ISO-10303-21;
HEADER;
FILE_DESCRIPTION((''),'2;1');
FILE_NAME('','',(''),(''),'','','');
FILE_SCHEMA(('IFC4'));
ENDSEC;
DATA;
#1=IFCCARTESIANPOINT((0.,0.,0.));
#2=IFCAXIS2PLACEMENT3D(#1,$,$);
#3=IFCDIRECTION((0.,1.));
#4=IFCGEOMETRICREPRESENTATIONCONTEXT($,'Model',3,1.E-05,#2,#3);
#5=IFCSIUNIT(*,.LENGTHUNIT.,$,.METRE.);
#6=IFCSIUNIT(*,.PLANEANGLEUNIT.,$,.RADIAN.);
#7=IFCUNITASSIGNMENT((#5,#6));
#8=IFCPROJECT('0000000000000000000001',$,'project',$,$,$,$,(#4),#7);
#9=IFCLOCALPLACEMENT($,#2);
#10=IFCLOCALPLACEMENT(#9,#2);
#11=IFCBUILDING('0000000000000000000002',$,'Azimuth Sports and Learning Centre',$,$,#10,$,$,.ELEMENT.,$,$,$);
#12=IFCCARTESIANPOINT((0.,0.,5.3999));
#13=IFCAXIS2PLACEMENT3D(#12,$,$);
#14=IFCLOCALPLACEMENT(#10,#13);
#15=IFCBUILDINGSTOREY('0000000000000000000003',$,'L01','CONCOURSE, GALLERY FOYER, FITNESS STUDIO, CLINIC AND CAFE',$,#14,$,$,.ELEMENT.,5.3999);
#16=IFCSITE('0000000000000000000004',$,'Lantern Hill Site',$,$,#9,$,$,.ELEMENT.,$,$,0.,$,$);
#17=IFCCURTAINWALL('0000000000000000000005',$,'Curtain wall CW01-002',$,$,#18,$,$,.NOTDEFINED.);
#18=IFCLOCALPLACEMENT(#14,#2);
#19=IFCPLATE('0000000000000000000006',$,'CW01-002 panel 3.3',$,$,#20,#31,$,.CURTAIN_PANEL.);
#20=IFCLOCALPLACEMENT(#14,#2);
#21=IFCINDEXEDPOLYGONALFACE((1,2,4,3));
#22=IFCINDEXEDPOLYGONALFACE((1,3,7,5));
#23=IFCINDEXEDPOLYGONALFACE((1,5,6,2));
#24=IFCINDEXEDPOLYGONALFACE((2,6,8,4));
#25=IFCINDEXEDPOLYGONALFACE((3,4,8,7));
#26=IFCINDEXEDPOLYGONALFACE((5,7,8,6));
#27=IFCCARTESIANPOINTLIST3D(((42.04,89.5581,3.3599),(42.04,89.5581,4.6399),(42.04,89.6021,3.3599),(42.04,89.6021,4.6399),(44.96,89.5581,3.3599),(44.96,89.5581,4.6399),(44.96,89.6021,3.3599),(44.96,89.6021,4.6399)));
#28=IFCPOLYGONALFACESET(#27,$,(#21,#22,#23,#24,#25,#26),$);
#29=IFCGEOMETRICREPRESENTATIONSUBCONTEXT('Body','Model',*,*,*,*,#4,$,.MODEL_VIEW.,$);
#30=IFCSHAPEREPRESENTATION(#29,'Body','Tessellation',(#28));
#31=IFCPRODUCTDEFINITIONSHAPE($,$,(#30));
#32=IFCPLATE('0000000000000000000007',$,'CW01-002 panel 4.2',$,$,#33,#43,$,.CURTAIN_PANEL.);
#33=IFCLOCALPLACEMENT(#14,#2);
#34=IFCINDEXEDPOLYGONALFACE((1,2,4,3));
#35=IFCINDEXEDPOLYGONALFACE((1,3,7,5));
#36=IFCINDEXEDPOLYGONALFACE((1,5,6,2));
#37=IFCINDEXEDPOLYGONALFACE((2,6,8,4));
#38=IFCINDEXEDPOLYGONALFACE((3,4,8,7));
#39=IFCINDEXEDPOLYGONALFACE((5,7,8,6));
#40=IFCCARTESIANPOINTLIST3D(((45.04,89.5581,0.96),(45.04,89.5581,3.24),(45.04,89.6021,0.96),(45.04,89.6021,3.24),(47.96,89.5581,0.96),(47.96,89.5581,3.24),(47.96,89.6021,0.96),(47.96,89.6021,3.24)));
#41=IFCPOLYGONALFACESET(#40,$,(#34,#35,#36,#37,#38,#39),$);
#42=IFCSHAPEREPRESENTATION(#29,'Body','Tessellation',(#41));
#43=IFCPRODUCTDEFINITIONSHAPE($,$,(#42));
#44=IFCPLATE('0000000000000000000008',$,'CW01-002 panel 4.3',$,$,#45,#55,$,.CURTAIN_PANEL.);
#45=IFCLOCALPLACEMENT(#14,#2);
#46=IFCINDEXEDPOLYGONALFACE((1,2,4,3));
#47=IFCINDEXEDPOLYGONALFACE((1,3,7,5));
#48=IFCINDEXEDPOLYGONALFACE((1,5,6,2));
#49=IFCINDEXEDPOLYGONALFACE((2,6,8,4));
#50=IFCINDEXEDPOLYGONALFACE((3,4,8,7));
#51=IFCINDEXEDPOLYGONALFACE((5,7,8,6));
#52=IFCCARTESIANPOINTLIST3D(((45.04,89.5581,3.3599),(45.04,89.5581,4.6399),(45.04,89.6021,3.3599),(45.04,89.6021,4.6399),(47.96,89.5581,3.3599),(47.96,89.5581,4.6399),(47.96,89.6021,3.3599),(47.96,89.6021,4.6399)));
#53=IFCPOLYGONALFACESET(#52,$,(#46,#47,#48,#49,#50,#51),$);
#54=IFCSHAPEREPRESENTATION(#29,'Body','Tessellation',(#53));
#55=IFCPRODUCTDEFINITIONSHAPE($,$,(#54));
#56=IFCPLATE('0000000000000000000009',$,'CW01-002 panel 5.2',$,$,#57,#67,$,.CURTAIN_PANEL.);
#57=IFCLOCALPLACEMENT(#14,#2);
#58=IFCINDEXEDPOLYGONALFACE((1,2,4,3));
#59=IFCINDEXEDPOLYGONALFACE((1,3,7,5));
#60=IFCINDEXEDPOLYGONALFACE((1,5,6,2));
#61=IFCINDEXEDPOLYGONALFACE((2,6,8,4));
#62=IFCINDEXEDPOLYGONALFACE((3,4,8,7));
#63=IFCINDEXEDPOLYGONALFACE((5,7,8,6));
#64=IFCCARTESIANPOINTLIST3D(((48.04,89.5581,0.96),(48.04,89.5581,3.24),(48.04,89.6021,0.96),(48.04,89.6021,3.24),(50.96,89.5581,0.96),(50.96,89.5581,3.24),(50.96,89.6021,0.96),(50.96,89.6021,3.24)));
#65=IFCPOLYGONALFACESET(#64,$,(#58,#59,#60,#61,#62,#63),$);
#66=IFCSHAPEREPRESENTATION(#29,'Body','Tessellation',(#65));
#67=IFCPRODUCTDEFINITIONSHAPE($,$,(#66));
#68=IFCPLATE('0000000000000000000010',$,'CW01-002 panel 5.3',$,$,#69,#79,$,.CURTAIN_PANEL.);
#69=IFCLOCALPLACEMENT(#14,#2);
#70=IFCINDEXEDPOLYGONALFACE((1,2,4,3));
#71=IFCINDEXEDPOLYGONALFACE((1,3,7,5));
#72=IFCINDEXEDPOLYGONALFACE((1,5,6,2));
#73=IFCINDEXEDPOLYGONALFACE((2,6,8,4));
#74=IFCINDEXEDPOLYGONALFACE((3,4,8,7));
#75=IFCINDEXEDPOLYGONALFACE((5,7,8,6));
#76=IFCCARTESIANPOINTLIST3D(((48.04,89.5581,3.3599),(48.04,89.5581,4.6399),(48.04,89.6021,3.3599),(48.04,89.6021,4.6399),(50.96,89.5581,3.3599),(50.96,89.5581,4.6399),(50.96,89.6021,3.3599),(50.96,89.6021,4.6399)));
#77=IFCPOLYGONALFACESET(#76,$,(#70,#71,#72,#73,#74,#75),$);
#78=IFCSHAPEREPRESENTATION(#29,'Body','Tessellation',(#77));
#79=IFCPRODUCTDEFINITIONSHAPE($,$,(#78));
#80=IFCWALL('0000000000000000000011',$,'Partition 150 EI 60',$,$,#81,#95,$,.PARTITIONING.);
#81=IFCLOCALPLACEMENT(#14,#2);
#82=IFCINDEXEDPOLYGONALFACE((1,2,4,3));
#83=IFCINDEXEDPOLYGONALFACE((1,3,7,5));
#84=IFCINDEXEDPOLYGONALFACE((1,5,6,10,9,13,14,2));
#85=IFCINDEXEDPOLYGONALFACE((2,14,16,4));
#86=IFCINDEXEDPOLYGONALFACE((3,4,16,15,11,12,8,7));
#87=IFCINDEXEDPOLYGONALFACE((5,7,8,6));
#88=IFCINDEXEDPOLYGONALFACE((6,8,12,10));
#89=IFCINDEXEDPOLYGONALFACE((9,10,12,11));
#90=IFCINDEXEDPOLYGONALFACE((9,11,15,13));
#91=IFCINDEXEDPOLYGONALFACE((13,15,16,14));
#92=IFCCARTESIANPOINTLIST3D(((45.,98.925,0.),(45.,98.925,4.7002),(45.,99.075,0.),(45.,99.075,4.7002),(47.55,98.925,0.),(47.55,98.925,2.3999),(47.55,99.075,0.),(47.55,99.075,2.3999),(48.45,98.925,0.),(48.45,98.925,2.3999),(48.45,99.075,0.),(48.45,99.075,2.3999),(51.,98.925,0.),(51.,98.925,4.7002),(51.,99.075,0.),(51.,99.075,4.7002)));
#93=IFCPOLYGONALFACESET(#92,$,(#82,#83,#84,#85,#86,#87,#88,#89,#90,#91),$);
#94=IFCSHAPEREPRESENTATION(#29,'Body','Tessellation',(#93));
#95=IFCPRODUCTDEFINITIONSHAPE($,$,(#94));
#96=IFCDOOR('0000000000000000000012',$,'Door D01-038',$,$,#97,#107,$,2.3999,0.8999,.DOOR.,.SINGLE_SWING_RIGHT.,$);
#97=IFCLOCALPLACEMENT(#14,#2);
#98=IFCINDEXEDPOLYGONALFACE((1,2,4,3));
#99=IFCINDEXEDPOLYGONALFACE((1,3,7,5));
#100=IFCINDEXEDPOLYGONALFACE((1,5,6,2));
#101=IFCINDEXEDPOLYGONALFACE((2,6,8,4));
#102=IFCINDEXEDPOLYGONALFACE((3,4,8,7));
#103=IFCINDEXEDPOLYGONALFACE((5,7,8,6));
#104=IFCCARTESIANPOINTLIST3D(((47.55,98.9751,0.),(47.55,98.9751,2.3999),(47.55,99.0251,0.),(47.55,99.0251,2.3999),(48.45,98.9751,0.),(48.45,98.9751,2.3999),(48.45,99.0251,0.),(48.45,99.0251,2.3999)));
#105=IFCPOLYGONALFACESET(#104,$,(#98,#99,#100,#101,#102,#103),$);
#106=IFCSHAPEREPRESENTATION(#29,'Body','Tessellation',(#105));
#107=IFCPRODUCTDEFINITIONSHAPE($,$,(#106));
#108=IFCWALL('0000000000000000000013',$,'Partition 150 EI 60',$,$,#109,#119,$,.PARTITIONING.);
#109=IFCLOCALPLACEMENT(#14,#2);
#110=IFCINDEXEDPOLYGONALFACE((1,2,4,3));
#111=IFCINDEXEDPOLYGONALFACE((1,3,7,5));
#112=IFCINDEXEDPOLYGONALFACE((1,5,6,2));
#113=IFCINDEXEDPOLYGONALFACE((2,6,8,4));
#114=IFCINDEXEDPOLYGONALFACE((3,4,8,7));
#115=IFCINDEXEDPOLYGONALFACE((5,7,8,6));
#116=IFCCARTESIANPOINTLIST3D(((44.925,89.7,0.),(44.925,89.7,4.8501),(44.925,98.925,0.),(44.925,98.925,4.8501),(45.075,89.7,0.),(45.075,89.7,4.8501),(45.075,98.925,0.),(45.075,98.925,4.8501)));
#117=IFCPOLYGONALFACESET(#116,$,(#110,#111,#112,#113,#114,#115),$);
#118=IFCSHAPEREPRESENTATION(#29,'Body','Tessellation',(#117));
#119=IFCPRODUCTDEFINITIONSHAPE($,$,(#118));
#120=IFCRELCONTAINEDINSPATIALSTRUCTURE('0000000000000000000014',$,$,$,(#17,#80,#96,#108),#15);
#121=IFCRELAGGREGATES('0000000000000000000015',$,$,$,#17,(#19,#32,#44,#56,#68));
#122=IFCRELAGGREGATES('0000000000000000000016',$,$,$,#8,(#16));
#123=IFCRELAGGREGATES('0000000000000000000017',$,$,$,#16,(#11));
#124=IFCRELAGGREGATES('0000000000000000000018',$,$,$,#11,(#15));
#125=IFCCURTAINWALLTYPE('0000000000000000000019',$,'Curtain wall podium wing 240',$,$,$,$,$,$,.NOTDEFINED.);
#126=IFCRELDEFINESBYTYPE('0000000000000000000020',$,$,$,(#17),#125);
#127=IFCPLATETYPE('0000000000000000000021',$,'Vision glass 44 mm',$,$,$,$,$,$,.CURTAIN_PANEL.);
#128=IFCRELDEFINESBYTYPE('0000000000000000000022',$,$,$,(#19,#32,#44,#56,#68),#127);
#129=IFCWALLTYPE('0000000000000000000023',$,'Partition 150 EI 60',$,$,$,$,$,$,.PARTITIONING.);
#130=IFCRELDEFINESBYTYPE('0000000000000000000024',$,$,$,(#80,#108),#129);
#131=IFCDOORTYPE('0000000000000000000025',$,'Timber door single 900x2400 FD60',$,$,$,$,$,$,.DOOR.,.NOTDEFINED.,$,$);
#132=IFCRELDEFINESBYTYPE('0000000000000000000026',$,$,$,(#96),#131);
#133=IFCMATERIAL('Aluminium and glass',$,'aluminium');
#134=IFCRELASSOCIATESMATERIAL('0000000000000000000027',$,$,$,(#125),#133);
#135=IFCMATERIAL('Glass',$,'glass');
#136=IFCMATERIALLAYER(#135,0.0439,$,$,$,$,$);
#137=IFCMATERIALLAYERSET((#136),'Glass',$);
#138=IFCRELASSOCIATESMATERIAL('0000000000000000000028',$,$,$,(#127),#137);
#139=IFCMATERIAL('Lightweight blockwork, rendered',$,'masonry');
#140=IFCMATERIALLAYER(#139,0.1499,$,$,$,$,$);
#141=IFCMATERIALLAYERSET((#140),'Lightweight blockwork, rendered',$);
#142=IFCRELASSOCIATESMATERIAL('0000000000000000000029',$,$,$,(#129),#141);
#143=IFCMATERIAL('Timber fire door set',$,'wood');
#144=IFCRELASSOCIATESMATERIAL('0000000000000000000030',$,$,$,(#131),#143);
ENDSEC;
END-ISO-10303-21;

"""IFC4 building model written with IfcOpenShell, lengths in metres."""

from ifc_helpers import new_model, si_unit, direction, frame, frame_2d, origin, origin_2d, place, context, subcontext, project, spatial, rectangle, extrude, material, layer, layer_set, type_object, element, fill, aggregate, save


model = new_model("IFC4")

# Units and contexts
model_context = context("Model", 3, precision=1e-05, world=origin(), true_north=direction((0.0, 1.0)))
body_context = subcontext(model_context, "Body", "Model", "MODEL_VIEW")
ifc_project = project(units=[si_unit("LENGTHUNIT", "METRE"), si_unit("PLANEANGLEUNIT", "RADIAN")], contexts=[model_context])

# Site, building, storey
site_placement = place(None, origin())
site = spatial("IfcSite", under=ifc_project, at=site_placement, Name="Lantern Hill Site", CompositionType="ELEMENT", RefElevation=0.0)
building_placement = place(site_placement, origin())
building = spatial("IfcBuilding", under=site, at=building_placement, Name="Azimuth Sports and Learning Centre", CompositionType="ELEMENT")
storey_placement = place(building_placement, frame((0.0, 0.0, 5.3999)))
storey = spatial("IfcBuildingStorey", under=building, at=storey_placement, Name="L01", Description="CONCOURSE, GALLERY FOYER, FITNESS STUDIO, CLINIC AND CAFE", CompositionType="ELEMENT", Elevation=5.3999)

# Curtain wall, plates
ifc_material_1 = material(Name="Aluminium and glass", Category="aluminium")
curtain_wall_type = type_object("IfcCurtainWallType", Name="Curtain wall podium wing 240", PredefinedType="NOTDEFINED", material=ifc_material_1)
curtain_wall_placement = place(storey_placement, origin())
curtain_wall = element("IfcCurtainWall", 1, at=curtain_wall_placement, inside=storey, type_object=curtain_wall_type, Name="Curtain wall CW01-002", PredefinedType="NOTDEFINED")
ifc_material_2 = material(Name="Glass", Category="glass")
ifc_layer_1 = layer(ifc_material_2, 0.0439)
ifc_layer_set_1 = layer_set([ifc_layer_1], Name="Glass")
plate_type_1 = type_object("IfcPlateType", Name="Vision glass 44 mm", PredefinedType="CURTAIN_PANEL", material=ifc_layer_set_1)
plate_1_placement = place(storey_placement, frame((43.5, 89.5801, 3.3599), z_axis=(0.0, 0.0, 1.0), x_axis=(1.0, 0.0, 0.0)))
plate_1 = element("IfcPlate", 2, at=plate_1_placement, type_object=plate_type_1, Name="CW01-002 panel 3.3", PredefinedType="CURTAIN_PANEL", context=body_context, shape_type="SweptSolid", body=[
    extrude(rectangle(XDim=2.9199, YDim=0.0439, at=origin_2d()), origin(), (0.0, 0.0, 1.0), 1.28),
])
plate_2_placement = place(storey_placement, frame((46.5, 89.5801, 0.96), z_axis=(0.0, 0.0, 1.0), x_axis=(1.0, 0.0, 0.0)))
plate_2 = element("IfcPlate", 3, at=plate_2_placement, type_object=plate_type_1, Name="CW01-002 panel 4.2", PredefinedType="CURTAIN_PANEL", context=body_context, shape_type="SweptSolid", body=[
    extrude(rectangle(XDim=2.9199, YDim=0.0439, at=origin_2d()), origin(), (0.0, 0.0, 1.0), 2.28),
])
plate_3_placement = place(storey_placement, frame((46.5, 89.5801, 3.3599), z_axis=(0.0, 0.0, 1.0), x_axis=(1.0, 0.0, 0.0)))
plate_3 = element("IfcPlate", 4, at=plate_3_placement, type_object=plate_type_1, Name="CW01-002 panel 4.3", PredefinedType="CURTAIN_PANEL", context=body_context, shape_type="SweptSolid", body=[
    extrude(rectangle(XDim=2.9199, YDim=0.0439, at=origin_2d()), origin(), (0.0, 0.0, 1.0), 1.28),
])
plate_4_placement = place(storey_placement, frame((49.5, 89.5801, 0.96), z_axis=(0.0, 0.0, 1.0), x_axis=(1.0, 0.0, 0.0)))
plate_4 = element("IfcPlate", 5, at=plate_4_placement, type_object=plate_type_1, Name="CW01-002 panel 5.2", PredefinedType="CURTAIN_PANEL", context=body_context, shape_type="SweptSolid", body=[
    extrude(rectangle(XDim=2.9199, YDim=0.0439, at=origin_2d()), origin(), (0.0, 0.0, 1.0), 2.28),
])
plate_5_placement = place(storey_placement, frame((49.5, 89.5801, 3.3599), z_axis=(0.0, 0.0, 1.0), x_axis=(1.0, 0.0, 0.0)))
plate_5 = element("IfcPlate", 6, at=plate_5_placement, type_object=plate_type_1, Name="CW01-002 panel 5.3", PredefinedType="CURTAIN_PANEL", context=body_context, shape_type="SweptSolid", body=[
    extrude(rectangle(XDim=2.9199, YDim=0.0439, at=origin_2d()), origin(), (0.0, 0.0, 1.0), 1.28),
])
aggregate(curtain_wall, [plate_1, plate_2, plate_3, plate_4, plate_5])

# Wall, opening, door
ifc_material_3 = material(Name="Lightweight blockwork, rendered", Category="masonry")
ifc_layer_2 = layer(ifc_material_3, 0.1499)
ifc_layer_set_2 = layer_set([ifc_layer_2], Name="Lightweight blockwork, rendered")
wall_type = type_object("IfcWallType", Name="Partition 150 EI 60", PredefinedType="PARTITIONING", material=ifc_layer_set_2)
wall_1_placement = place(storey_placement, frame((45.0, 99.0, 0.0), z_axis=(0.0, 0.0, 1.0), x_axis=(1.0, 0.0, 0.0)))
wall_1 = element("IfcWall", 7, at=wall_1_placement, inside=storey, type_object=wall_type, Name="Partition 150 EI 60", PredefinedType="PARTITIONING", context=body_context, shape_type="SweptSolid", body=[
    extrude(rectangle(XDim=6.0, YDim=0.1499, at=frame_2d((3.0, 0.0))), origin(), (0.0, 0.0, 1.0), 4.7002),
])
opening_placement = place(wall_1_placement, frame((2.55, 0.0, 0.0)))
opening = element("IfcOpeningElement", 8, at=opening_placement, cuts=wall_1, PredefinedType="OPENING", context=body_context, shape_type="SweptSolid", body=[
    extrude(rectangle(XDim=0.8999, YDim=2.3999, at=frame_2d((0.45, 1.2))), frame((0.0, 0.0859, 0.0), z_axis=(0.0, -1.0, 0.0), x_axis=(1.0, 0.0, 0.0)), (0.0, 0.0, 1.0), 0.1719),
])
ifc_material_4 = material(Name="Timber fire door set", Category="wood")
door_type = type_object("IfcDoorType", Name="Timber door single 900x2400 FD60", OperationType="NOTDEFINED", PredefinedType="DOOR", material=ifc_material_4)
door_placement = place(opening_placement, frame((0.8999, 0.0, 0.0), z_axis=(0.0, 0.0, 1.0), x_axis=(-1.0, 0.0, 0.0)))
door = element("IfcDoor", 9, at=door_placement, inside=storey, type_object=door_type, Name="Door D01-038", OperationType="SINGLE_SWING_RIGHT", OverallHeight=2.3999, OverallWidth=0.8999, PredefinedType="DOOR", context=body_context, shape_type="SweptSolid", body=[
    extrude(rectangle(XDim=0.8999, YDim=2.3999, at=frame_2d((0.45, 1.2))), frame((0.0, 0.0249, 0.0), z_axis=(0.0, -1.0, 0.0), x_axis=(1.0, 0.0, 0.0)), (0.0, 0.0, 1.0), 0.05),
])
fill(opening, door)

# Wall
wall_2_placement = place(storey_placement, frame((45.0, 89.7, 0.0), z_axis=(0.0, 0.0, 1.0), x_axis=(0.0, 1.0, 0.0)))
element("IfcWall", 10, at=wall_2_placement, inside=storey, type_object=wall_type, Name="Partition 150 EI 60", PredefinedType="PARTITIONING", context=body_context, shape_type="SweptSolid", body=[
    extrude(rectangle(XDim=9.2251, YDim=0.1499, at=frame_2d((4.6125, 0.0))), origin(), (0.0, 0.0, 1.0), 4.8501),
])

save(model, "model.ifc")
